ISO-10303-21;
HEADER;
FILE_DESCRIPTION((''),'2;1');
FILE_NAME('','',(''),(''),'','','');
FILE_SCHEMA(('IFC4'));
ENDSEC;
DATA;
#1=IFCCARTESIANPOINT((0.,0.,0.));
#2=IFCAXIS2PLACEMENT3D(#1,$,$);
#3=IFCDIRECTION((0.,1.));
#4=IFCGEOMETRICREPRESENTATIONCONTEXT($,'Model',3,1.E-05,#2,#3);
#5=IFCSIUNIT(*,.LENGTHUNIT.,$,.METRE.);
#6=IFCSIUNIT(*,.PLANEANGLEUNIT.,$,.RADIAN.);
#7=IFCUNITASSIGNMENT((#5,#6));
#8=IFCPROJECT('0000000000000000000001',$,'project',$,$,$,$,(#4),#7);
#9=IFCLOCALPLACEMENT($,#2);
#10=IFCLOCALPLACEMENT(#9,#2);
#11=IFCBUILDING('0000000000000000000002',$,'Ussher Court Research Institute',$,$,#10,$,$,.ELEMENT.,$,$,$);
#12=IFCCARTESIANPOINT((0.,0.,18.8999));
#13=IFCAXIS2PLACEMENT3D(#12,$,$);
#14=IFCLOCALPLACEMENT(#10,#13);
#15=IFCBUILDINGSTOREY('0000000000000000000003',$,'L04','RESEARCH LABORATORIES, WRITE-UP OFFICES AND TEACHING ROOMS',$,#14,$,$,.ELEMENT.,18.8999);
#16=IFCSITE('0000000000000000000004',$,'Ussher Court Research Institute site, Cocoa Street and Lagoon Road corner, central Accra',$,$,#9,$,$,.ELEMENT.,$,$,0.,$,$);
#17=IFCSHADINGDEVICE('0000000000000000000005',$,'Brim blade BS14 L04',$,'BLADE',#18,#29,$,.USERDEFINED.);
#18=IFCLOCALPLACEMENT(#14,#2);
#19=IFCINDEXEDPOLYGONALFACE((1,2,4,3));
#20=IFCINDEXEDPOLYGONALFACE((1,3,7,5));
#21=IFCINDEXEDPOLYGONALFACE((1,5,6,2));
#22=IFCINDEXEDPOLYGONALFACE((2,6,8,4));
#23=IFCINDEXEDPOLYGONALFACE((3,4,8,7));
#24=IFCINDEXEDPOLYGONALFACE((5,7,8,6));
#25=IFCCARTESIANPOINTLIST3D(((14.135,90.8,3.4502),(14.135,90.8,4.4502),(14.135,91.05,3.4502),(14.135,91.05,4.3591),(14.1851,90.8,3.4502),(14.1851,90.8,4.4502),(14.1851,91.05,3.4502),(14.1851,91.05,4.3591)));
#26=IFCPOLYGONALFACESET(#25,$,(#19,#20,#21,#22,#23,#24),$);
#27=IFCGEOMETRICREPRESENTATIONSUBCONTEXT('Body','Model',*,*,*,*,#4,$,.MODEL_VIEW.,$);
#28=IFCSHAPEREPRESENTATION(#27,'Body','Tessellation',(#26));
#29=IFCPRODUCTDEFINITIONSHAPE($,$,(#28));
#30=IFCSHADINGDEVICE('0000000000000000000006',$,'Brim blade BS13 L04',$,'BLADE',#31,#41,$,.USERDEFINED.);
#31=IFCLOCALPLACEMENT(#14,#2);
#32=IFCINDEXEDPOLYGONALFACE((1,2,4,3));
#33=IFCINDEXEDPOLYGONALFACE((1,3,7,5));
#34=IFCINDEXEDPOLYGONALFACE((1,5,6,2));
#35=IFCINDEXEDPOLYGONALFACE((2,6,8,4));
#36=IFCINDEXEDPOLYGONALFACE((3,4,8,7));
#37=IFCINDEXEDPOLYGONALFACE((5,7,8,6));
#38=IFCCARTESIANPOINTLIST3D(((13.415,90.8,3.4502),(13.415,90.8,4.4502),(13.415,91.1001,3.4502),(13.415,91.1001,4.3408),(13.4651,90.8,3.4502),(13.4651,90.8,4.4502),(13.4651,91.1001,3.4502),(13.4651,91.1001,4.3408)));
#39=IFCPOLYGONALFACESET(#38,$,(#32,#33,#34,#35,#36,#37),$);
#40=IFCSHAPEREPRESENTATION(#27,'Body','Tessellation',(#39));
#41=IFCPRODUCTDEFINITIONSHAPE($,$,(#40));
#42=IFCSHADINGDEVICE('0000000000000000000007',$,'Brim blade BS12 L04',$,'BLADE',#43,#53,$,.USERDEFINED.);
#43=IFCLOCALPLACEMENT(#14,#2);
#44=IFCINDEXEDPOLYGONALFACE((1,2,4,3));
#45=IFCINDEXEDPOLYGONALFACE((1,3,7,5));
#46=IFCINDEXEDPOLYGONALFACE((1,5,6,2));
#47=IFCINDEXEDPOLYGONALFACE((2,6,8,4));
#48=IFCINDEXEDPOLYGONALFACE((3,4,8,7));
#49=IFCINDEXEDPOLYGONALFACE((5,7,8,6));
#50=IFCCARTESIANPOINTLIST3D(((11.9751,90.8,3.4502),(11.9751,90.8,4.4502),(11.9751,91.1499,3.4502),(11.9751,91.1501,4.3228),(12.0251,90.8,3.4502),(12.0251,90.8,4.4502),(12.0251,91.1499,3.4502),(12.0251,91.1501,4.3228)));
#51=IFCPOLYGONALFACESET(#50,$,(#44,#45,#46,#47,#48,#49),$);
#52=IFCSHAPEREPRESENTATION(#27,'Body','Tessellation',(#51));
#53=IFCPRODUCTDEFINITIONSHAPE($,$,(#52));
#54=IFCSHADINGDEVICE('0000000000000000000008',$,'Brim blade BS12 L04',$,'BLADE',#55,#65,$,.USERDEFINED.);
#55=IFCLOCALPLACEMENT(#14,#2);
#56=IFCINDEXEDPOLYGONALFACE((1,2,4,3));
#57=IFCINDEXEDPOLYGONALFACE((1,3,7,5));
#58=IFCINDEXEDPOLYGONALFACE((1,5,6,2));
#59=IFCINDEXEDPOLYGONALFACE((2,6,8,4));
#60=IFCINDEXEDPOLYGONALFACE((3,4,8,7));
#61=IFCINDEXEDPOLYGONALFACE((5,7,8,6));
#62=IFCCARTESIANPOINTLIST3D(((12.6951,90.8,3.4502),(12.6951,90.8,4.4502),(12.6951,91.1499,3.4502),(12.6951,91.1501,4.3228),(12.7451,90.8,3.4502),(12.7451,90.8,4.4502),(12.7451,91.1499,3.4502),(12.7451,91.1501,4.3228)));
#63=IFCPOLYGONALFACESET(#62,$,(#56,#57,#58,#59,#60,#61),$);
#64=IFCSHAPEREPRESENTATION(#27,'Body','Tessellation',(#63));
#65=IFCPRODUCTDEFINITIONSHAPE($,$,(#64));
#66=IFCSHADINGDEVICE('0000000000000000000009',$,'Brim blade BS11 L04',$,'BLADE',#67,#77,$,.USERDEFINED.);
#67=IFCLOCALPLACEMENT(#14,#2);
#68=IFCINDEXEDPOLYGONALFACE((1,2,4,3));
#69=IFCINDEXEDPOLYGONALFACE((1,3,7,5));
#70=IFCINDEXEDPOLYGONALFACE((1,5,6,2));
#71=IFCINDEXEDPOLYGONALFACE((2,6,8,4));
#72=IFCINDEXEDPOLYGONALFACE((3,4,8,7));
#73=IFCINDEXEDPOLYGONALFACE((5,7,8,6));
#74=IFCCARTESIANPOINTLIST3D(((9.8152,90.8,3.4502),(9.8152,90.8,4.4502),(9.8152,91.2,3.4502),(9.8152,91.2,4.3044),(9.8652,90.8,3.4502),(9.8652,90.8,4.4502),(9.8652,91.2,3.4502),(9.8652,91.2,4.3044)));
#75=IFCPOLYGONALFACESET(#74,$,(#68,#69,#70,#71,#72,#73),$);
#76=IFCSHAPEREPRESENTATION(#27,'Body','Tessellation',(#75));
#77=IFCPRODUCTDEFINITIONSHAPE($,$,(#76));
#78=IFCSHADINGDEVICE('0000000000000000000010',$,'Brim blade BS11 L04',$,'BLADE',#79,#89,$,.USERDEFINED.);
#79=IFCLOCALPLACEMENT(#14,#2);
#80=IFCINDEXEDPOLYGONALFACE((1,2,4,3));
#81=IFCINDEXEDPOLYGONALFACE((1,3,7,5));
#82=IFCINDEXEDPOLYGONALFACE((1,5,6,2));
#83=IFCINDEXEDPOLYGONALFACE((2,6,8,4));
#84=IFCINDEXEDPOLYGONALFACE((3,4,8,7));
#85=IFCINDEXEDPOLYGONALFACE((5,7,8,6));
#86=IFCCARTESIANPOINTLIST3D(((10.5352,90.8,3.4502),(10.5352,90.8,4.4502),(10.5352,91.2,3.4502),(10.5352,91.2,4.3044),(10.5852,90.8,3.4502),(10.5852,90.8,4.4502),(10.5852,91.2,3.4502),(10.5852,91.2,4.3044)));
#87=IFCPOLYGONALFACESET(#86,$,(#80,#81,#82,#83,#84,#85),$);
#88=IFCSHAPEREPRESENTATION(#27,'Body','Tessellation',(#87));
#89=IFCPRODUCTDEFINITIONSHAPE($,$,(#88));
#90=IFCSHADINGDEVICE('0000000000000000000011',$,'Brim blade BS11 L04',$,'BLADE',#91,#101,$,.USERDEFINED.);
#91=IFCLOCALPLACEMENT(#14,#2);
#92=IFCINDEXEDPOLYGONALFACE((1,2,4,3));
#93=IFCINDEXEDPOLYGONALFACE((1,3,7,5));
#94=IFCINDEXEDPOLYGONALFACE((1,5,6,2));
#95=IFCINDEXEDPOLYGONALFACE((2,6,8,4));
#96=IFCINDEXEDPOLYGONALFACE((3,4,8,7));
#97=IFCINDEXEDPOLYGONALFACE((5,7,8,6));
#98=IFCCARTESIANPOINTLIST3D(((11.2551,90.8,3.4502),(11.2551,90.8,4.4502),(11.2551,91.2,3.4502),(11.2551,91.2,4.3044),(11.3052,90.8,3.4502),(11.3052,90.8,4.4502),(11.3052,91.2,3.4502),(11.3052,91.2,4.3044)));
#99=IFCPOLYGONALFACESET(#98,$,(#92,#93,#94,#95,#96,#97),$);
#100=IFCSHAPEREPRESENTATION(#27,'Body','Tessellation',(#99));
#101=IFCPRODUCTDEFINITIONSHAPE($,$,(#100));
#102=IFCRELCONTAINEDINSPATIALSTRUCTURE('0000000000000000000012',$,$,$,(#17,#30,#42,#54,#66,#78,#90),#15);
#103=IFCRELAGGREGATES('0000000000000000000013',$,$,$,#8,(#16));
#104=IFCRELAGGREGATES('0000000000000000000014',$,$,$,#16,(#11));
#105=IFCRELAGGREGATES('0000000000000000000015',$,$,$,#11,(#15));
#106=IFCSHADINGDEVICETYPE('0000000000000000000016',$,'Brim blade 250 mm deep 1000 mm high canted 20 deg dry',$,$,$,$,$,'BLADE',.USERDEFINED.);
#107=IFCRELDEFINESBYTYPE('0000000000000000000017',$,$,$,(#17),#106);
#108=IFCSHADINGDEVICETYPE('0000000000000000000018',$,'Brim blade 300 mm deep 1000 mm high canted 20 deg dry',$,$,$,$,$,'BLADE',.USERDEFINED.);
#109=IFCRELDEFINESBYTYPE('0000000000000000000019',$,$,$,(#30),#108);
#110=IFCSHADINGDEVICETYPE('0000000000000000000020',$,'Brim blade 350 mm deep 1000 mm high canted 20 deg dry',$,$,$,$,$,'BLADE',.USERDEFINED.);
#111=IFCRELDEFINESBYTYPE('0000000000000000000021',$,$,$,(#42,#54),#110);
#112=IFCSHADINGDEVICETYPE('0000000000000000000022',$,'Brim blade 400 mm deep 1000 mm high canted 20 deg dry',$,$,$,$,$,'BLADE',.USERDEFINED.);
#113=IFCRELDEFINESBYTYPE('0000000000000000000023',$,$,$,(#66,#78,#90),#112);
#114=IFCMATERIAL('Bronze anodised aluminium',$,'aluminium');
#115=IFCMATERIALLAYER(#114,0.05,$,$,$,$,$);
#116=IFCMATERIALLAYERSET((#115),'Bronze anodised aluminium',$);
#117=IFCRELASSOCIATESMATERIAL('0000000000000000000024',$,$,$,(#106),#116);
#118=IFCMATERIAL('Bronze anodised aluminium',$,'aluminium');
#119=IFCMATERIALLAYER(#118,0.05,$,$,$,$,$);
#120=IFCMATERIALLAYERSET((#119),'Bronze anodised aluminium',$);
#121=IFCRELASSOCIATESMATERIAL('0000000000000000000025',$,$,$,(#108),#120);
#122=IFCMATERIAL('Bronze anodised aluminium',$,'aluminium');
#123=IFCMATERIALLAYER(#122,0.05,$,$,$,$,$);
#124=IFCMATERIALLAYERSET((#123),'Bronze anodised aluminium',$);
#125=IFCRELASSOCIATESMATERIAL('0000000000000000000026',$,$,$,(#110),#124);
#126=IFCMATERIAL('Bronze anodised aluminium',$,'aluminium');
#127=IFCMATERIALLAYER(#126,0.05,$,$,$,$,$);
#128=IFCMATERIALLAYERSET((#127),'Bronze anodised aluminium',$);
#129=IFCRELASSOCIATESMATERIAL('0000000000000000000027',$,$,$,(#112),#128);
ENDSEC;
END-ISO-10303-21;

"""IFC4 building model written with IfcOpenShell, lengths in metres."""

from ifc_helpers import new_model, si_unit, direction, frame, origin, place, context, subcontext, project, spatial, polyline, outline, extrude, material, layer, layer_set, type_object, element, save


model = new_model("IFC4")

# Units and contexts
model_context = context("Model", 3, precision=1e-05, world=origin(), true_north=direction((0.0, 1.0)))
body_context = subcontext(model_context, "Body", "Model", "MODEL_VIEW")
ifc_project = project(units=[si_unit("LENGTHUNIT", "METRE"), si_unit("PLANEANGLEUNIT", "RADIAN")], contexts=[model_context])

# Site, building, storey
site_placement = place(None, origin())
site = spatial("IfcSite", under=ifc_project, at=site_placement, Name="Ussher Court Research Institute site, Cocoa Street and Lagoon Road corner, central Accra", CompositionType="ELEMENT", RefElevation=0.0)
building_placement = place(site_placement, origin())
building = spatial("IfcBuilding", under=site, at=building_placement, Name="Ussher Court Research Institute", CompositionType="ELEMENT")
storey_placement = place(building_placement, frame((0.0, 0.0, 18.8999)))
storey = spatial("IfcBuildingStorey", under=building, at=storey_placement, Name="L04", Description="RESEARCH LABORATORIES, WRITE-UP OFFICES AND TEACHING ROOMS", CompositionType="ELEMENT", Elevation=18.8999)

# Shading devices
ifc_material_1 = material(Name="Bronze anodised aluminium", Category="aluminium")
ifc_layer_1 = layer(ifc_material_1, 0.05)
ifc_layer_set_1 = layer_set([ifc_layer_1], Name="Bronze anodised aluminium")
shading_device_type_1 = type_object("IfcShadingDeviceType", Name="Brim blade 250 mm deep 1000 mm high canted 20 deg dry", ElementType="BLADE", PredefinedType="USERDEFINED", material=ifc_layer_set_1)
shading_device_1_placement = place(storey_placement, frame((14.1599, 90.8, 3.4502), z_axis=(0.0, 0.0, 1.0), x_axis=(0.0, 1.0, 0.0)))
element("IfcShadingDevice", 1, at=shading_device_1_placement, inside=storey, type_object=shading_device_type_1, Name="Brim blade BS14 L04", ObjectType="BLADE", PredefinedType="USERDEFINED", context=body_context, shape_type="SweptSolid", body=[
    extrude(outline(polyline([(0.0, 0.0), (0.25, 0.0), (0.25, 0.9089), (0.0, 1.0), (0.0, 0.0)])), frame((0.0, 0.0249, 0.0), z_axis=(0.0, -1.0, 0.0), x_axis=(1.0, 0.0, 0.0)), (0.0, 0.0, 1.0), 0.05),
])
ifc_material_2 = material(Name="Bronze anodised aluminium", Category="aluminium")
ifc_layer_2 = layer(ifc_material_2, 0.05)
ifc_layer_set_2 = layer_set([ifc_layer_2], Name="Bronze anodised aluminium")
shading_device_type_2 = type_object("IfcShadingDeviceType", Name="Brim blade 300 mm deep 1000 mm high canted 20 deg dry", ElementType="BLADE", PredefinedType="USERDEFINED", material=ifc_layer_set_2)
shading_device_2_placement = place(storey_placement, frame((13.4399, 90.8, 3.4502), z_axis=(0.0, 0.0, 1.0), x_axis=(0.0, 1.0, 0.0)))
element("IfcShadingDevice", 2, at=shading_device_2_placement, inside=storey, type_object=shading_device_type_2, Name="Brim blade BS13 L04", ObjectType="BLADE", PredefinedType="USERDEFINED", context=body_context, shape_type="SweptSolid", body=[
    extrude(outline(polyline([(0.0, 0.0), (0.3, 0.0), (0.3, 0.8906), (0.0, 1.0), (0.0, 0.0)])), frame((0.0, 0.0249, 0.0), z_axis=(0.0, -1.0, 0.0), x_axis=(1.0, 0.0, 0.0)), (0.0, 0.0, 1.0), 0.05),
])
ifc_material_3 = material(Name="Bronze anodised aluminium", Category="aluminium")
ifc_layer_3 = layer(ifc_material_3, 0.05)
ifc_layer_set_3 = layer_set([ifc_layer_3], Name="Bronze anodised aluminium")
shading_device_type_3 = type_object("IfcShadingDeviceType", Name="Brim blade 350 mm deep 1000 mm high canted 20 deg dry", ElementType="BLADE", PredefinedType="USERDEFINED", material=ifc_layer_set_3)
for number, where, z_axis, x_axis, name in (
    (3, (12.0, 90.8, 3.4502), (0.0, 0.0, 1.0), (0.0, 1.0, 0.0), "Brim blade BS12 L04"),
    (4, (12.72, 90.8, 3.4502), (0.0, 0.0, 1.0), (0.0, 1.0, 0.0), "Brim blade BS12 L04"),
):
    element("IfcShadingDevice", number, at=place(storey_placement, frame(where, z_axis=z_axis, x_axis=x_axis)), inside=storey, type_object=shading_device_type_3, Name=name, ObjectType="BLADE", PredefinedType="USERDEFINED", context=body_context, shape_type="SweptSolid", body=[
        extrude(outline(polyline([(0.0, 0.0), (0.3499, 0.0), (0.3501, 0.8726), (0.0, 1.0), (0.0, 0.0)])), frame((0.0, 0.0249, 0.0), z_axis=(0.0, -1.0, 0.0), x_axis=(1.0, 0.0, 0.0)), (0.0, 0.0, 1.0), 0.05),
    ])
ifc_material_4 = material(Name="Bronze anodised aluminium", Category="aluminium")
ifc_layer_4 = layer(ifc_material_4, 0.05)
ifc_layer_set_4 = layer_set([ifc_layer_4], Name="Bronze anodised aluminium")
shading_device_type_4 = type_object("IfcShadingDeviceType", Name="Brim blade 400 mm deep 1000 mm high canted 20 deg dry", ElementType="BLADE", PredefinedType="USERDEFINED", material=ifc_layer_set_4)
for number, where, z_axis, x_axis, name in (
    (5, (9.8401, 90.8, 3.4502), (0.0, 0.0, 1.0), (0.0, 1.0, 0.0), "Brim blade BS11 L04"),
    (6, (10.5601, 90.8, 3.4502), (0.0, 0.0, 1.0), (0.0, 1.0, 0.0), "Brim blade BS11 L04"),
    (7, (11.28, 90.8, 3.4502), (0.0, 0.0, 1.0), (0.0, 1.0, 0.0), "Brim blade BS11 L04"),
):
    element("IfcShadingDevice", number, at=place(storey_placement, frame(where, z_axis=z_axis, x_axis=x_axis)), inside=storey, type_object=shading_device_type_4, Name=name, ObjectType="BLADE", PredefinedType="USERDEFINED", context=body_context, shape_type="SweptSolid", body=[
        extrude(outline(polyline([(0.0, 0.0), (0.3999, 0.0), (0.3999, 0.8542), (0.0, 1.0), (0.0, 0.0)])), frame((0.0, 0.0249, 0.0), z_axis=(0.0, -1.0, 0.0), x_axis=(1.0, 0.0, 0.0)), (0.0, 0.0, 1.0), 0.05),
    ])

save(model, "model.ifc")
